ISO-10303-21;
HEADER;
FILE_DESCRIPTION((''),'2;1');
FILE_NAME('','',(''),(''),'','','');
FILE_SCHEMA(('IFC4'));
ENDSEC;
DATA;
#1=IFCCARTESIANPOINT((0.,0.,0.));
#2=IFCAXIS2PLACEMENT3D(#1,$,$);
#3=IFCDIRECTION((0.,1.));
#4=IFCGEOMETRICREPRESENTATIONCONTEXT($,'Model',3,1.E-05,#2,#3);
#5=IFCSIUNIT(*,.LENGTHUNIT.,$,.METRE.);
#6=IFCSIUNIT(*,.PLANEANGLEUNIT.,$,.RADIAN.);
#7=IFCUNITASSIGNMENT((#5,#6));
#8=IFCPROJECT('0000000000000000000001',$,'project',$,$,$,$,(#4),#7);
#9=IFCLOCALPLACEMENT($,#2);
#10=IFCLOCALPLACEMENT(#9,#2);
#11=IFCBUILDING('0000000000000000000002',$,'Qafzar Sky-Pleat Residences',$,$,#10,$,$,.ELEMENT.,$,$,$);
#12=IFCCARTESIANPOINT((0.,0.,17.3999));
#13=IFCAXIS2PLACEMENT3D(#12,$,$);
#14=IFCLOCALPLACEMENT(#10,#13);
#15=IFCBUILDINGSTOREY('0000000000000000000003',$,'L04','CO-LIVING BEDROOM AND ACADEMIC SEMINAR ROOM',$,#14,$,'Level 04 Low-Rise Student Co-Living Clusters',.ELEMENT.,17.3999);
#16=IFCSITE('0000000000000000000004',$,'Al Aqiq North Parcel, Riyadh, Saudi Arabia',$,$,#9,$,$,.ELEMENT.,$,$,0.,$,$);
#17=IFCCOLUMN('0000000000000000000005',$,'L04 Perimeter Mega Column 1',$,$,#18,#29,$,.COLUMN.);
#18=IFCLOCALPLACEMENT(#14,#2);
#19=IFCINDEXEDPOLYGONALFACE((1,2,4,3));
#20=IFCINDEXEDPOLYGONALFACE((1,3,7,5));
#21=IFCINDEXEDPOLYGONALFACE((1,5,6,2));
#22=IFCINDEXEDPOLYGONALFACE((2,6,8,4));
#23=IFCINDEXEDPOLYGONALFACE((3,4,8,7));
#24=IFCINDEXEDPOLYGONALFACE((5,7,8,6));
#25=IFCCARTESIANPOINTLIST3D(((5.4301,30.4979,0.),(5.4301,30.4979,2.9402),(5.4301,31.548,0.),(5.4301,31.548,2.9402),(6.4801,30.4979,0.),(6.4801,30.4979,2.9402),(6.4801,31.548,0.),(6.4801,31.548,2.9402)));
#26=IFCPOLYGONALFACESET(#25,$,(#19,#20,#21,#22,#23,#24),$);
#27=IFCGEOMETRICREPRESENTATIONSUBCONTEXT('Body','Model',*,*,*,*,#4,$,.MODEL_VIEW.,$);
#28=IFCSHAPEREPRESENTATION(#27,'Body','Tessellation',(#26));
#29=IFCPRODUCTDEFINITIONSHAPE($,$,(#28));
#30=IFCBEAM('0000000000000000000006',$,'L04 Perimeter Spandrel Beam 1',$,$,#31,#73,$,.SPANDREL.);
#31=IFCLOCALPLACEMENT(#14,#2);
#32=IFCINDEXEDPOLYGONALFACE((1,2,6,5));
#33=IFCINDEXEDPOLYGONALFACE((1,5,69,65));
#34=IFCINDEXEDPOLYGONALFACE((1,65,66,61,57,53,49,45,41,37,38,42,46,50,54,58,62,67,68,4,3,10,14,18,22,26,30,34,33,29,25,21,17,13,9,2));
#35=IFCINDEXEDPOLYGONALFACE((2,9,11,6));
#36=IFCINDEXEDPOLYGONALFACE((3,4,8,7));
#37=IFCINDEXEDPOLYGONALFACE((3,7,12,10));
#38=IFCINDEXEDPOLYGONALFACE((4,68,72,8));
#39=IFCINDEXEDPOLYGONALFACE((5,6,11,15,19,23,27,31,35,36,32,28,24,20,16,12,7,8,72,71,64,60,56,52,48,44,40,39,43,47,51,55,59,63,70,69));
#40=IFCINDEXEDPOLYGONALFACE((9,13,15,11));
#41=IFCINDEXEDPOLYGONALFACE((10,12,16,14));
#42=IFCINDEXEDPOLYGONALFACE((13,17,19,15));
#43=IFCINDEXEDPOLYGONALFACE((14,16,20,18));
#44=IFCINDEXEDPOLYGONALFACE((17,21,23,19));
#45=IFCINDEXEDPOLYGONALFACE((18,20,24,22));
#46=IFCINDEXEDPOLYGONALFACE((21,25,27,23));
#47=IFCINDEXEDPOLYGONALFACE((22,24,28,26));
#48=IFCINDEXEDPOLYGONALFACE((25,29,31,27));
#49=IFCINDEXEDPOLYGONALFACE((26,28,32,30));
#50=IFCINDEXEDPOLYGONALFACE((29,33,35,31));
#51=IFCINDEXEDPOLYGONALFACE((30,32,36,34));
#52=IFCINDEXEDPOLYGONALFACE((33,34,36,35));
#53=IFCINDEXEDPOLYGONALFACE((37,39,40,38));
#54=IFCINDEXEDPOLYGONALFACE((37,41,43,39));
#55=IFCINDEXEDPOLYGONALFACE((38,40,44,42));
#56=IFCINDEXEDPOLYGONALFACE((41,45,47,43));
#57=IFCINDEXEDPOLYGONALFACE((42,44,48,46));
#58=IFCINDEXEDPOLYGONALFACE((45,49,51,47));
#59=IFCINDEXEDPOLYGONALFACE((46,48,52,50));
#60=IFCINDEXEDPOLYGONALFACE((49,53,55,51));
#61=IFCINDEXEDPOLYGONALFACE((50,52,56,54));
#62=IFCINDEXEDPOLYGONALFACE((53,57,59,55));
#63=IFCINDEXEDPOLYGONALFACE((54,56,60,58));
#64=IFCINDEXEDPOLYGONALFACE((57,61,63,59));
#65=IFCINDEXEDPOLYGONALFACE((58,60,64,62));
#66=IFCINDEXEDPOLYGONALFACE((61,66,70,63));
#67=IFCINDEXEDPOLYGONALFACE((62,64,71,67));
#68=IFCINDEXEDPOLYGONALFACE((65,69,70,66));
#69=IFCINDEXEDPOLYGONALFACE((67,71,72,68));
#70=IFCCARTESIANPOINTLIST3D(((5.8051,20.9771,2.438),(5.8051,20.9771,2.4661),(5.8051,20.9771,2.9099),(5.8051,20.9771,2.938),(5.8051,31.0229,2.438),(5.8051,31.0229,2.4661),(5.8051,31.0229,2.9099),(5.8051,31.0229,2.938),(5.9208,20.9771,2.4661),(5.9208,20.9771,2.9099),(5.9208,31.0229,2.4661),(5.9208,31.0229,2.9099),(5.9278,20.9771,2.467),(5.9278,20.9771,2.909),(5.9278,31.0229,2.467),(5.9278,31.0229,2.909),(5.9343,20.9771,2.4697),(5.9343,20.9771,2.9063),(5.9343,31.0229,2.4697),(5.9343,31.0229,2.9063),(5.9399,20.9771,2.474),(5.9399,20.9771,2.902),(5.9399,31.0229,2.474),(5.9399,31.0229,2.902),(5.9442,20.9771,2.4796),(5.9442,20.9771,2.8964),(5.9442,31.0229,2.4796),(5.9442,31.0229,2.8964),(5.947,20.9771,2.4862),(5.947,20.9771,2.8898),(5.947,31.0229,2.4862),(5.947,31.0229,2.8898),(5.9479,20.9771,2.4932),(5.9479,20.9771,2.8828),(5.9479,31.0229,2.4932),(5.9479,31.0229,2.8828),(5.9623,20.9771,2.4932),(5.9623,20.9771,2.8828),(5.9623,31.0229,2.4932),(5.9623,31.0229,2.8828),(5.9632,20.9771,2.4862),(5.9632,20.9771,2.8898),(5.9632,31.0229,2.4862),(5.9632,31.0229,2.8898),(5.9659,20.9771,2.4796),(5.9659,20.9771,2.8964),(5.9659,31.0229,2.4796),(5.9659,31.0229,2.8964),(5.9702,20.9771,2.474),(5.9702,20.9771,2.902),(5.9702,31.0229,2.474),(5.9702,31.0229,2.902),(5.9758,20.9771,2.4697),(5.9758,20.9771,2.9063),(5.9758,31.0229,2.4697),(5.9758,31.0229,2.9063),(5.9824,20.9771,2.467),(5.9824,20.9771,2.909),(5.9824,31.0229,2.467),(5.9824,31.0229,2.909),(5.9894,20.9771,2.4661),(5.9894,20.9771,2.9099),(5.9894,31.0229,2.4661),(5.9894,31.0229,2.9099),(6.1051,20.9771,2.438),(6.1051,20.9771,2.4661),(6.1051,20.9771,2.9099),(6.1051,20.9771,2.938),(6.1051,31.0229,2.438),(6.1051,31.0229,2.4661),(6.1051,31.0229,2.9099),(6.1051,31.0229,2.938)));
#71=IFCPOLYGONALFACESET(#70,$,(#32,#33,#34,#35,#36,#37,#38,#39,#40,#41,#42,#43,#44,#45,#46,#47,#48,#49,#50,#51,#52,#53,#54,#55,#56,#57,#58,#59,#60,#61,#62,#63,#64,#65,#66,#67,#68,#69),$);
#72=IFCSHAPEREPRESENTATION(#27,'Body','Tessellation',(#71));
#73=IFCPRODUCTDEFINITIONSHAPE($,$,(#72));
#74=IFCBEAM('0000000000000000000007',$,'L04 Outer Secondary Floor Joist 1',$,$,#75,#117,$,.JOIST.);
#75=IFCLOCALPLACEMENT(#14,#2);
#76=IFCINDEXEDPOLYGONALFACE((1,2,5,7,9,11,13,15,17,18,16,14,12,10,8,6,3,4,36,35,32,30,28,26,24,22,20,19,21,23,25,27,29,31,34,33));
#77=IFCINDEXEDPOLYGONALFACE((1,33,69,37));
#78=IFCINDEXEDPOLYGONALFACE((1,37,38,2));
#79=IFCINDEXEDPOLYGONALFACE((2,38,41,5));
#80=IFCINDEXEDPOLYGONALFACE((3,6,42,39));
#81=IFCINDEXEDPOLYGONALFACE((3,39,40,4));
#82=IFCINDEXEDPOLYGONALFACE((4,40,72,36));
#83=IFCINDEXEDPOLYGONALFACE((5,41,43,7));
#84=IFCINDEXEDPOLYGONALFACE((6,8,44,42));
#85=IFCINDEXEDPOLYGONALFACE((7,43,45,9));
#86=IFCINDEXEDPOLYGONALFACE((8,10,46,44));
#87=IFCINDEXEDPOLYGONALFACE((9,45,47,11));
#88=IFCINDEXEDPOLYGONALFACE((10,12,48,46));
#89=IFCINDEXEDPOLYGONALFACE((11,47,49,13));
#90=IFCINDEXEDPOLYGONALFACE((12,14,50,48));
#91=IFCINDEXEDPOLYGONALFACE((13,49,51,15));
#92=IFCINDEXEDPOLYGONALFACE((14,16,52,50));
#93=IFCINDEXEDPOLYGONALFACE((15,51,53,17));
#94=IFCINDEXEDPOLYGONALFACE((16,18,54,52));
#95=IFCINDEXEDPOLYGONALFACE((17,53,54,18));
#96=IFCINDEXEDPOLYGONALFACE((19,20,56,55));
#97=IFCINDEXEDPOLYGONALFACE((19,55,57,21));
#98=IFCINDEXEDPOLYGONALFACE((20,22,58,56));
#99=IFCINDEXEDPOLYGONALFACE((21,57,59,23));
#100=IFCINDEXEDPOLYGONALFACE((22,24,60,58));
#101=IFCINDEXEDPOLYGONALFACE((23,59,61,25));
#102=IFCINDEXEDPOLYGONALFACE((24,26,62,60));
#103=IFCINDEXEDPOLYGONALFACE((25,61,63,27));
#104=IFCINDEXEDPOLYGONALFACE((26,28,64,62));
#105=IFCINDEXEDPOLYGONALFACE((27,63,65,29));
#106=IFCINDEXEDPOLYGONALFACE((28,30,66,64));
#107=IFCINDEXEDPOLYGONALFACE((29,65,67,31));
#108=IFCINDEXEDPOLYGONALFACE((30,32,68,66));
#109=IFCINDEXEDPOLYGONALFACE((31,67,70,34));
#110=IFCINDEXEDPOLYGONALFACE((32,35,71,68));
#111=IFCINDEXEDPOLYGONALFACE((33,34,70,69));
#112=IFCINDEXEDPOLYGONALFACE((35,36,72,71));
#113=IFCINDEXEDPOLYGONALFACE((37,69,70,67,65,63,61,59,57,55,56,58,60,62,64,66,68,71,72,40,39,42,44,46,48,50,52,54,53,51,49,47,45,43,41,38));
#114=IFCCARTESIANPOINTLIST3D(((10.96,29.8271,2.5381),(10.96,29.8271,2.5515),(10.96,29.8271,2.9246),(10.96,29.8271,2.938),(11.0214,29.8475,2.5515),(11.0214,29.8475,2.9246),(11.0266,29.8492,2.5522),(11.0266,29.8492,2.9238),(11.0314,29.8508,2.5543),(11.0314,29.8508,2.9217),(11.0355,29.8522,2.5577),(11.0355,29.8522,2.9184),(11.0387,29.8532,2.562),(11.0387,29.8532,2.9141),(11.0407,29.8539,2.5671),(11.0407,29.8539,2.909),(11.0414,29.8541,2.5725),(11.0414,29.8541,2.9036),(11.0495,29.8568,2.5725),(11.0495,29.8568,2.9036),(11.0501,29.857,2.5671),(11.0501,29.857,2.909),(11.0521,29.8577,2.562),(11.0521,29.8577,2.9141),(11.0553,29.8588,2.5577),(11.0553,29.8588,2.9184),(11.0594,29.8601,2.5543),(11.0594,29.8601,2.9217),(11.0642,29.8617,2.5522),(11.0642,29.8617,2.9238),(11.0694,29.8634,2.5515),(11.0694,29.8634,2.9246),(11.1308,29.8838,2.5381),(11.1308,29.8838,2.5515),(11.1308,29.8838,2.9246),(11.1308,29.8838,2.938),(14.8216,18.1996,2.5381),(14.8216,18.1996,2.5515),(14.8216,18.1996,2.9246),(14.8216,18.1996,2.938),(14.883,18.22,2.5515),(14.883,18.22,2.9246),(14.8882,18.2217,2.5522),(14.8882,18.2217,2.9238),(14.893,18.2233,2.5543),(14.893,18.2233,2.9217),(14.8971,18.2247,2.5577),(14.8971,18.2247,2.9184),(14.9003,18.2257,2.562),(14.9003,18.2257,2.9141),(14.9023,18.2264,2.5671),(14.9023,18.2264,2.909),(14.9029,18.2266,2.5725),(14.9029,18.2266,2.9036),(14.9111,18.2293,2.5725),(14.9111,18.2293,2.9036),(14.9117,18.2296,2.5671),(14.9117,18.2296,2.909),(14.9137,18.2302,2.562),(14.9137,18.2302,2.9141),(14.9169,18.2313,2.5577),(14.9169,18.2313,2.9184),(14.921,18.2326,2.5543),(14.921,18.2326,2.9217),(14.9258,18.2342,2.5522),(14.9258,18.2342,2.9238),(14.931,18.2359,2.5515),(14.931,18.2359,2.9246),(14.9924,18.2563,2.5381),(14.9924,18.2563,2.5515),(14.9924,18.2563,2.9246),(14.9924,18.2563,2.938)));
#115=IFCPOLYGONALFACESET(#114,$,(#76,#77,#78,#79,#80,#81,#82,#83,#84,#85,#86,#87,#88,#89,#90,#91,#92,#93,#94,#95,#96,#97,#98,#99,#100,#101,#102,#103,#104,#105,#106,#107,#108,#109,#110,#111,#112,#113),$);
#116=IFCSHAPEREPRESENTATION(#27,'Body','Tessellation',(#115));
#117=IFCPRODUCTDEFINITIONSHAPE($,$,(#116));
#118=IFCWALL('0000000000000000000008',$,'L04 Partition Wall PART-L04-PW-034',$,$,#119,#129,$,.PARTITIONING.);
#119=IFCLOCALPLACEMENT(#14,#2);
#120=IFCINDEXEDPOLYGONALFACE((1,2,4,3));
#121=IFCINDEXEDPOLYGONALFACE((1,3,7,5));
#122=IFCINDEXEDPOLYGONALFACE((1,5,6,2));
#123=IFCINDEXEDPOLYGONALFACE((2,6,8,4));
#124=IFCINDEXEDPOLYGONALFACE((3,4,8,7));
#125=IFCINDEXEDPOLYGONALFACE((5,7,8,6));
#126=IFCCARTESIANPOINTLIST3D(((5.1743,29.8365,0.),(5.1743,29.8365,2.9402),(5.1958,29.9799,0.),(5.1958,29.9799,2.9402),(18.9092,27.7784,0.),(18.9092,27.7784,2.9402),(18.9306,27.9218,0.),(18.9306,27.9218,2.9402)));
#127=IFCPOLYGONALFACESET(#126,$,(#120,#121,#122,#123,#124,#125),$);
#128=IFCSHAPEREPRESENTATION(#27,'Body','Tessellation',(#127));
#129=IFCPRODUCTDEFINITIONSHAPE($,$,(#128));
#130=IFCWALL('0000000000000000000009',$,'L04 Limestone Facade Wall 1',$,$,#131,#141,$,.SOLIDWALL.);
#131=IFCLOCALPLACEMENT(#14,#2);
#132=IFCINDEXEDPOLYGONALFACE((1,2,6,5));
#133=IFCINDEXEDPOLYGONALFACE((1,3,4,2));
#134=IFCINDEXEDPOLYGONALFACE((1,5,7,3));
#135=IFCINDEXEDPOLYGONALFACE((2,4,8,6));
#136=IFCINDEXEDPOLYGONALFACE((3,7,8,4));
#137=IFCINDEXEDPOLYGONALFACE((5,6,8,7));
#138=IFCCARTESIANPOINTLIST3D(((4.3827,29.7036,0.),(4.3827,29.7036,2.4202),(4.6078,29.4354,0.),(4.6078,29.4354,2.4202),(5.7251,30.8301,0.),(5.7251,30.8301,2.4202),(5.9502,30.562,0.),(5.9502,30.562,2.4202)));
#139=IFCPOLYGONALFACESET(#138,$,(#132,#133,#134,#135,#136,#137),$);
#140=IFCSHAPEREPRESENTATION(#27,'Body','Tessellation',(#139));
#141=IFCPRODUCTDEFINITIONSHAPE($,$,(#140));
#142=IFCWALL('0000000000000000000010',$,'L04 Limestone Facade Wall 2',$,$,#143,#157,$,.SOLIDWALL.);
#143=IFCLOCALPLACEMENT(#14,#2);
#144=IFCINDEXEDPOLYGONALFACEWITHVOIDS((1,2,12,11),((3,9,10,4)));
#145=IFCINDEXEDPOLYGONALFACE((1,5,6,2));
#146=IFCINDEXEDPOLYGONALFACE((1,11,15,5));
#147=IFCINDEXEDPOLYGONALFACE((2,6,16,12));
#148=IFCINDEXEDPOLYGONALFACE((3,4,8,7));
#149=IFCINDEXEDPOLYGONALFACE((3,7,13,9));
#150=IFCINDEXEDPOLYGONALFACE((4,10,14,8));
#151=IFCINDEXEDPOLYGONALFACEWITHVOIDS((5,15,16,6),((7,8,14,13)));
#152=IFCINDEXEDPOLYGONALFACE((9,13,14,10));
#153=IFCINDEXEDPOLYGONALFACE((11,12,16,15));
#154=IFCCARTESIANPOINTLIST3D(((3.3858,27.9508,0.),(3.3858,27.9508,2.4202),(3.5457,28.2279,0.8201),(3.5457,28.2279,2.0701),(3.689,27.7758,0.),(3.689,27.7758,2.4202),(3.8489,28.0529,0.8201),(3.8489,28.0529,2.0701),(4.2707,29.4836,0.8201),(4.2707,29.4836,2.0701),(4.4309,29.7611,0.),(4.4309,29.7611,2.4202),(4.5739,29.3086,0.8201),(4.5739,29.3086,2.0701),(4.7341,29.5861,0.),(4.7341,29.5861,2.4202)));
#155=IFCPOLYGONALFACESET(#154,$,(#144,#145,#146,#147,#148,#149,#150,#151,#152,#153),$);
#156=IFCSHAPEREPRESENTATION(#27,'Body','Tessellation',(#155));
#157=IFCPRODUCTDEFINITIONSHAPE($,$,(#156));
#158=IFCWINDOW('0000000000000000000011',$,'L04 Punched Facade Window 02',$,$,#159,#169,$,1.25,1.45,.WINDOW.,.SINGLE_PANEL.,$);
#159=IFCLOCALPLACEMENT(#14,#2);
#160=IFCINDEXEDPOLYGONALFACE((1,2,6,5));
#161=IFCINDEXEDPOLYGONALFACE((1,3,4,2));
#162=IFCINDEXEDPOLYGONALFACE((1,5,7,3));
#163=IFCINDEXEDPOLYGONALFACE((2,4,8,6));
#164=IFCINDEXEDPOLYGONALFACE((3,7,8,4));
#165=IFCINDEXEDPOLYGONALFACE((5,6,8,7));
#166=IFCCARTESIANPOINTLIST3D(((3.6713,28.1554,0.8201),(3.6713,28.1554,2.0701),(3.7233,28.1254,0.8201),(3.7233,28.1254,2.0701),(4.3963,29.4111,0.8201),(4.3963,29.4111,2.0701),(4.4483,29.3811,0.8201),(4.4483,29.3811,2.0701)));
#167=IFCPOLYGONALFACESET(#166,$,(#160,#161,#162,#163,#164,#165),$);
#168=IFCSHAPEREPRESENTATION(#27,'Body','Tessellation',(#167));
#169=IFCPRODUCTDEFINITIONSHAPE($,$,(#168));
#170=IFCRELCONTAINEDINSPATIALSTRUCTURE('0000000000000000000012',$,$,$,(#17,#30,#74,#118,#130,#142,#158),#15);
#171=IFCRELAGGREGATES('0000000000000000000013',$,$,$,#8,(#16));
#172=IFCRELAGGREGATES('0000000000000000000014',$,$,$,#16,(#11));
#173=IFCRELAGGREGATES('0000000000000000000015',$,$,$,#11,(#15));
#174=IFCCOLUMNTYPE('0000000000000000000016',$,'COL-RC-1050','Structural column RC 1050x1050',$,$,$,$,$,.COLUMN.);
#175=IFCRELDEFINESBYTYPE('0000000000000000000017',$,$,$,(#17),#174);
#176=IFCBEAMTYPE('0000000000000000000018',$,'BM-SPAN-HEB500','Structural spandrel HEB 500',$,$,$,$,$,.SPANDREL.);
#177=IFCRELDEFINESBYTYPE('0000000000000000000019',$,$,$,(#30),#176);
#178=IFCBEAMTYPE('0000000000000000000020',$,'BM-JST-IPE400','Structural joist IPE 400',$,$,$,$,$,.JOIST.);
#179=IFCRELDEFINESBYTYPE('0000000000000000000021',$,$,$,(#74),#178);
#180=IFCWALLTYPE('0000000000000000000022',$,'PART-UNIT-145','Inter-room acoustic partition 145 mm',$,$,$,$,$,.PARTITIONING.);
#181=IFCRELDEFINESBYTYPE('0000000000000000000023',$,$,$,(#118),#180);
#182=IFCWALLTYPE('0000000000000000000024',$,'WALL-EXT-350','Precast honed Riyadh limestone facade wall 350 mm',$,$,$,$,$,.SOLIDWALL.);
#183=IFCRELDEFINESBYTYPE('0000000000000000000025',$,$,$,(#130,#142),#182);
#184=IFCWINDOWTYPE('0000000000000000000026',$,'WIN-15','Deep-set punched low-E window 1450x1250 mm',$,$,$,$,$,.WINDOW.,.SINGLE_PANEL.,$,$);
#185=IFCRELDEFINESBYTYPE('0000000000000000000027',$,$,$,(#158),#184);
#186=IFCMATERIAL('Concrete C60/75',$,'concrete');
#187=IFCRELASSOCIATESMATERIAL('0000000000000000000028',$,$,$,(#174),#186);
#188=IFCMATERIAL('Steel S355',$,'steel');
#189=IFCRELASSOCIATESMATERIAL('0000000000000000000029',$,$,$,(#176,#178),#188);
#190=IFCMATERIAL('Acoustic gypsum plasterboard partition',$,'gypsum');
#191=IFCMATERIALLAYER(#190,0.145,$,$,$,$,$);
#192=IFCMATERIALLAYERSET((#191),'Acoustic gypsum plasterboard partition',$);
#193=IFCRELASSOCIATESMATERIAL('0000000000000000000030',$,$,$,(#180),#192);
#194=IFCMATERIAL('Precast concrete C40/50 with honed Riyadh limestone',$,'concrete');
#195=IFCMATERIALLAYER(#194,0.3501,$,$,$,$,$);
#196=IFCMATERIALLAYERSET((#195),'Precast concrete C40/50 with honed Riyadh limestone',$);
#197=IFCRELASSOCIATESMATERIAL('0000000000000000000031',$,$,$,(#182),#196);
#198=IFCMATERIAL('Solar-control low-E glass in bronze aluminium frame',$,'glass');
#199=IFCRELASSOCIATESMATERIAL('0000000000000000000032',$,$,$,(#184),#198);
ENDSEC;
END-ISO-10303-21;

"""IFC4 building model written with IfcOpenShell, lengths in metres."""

from ifc_helpers import new_model, si_unit, direction, frame, frame_2d, origin, origin_2d, place, context, subcontext, project, spatial, rectangle, i_section, extrude, source, transform, mapped, material, layer, layer_set, material_profile, profile_set, type_object, element, fill, save


model = new_model("IFC4")

# Units and contexts
model_context = context("Model", 3, precision=1e-05, world=origin(), true_north=direction((0.0, 1.0)))
body_context = subcontext(model_context, "Body", "Model", "MODEL_VIEW")
ifc_project = project(units=[si_unit("LENGTHUNIT", "METRE"), si_unit("PLANEANGLEUNIT", "RADIAN")], contexts=[model_context])

# Site, building, storey
site_placement = place(None, origin())
site = spatial("IfcSite", under=ifc_project, at=site_placement, Name="Al Aqiq North Parcel, Riyadh, Saudi Arabia", CompositionType="ELEMENT", RefElevation=0.0)
building_placement = place(site_placement, origin())
building = spatial("IfcBuilding", under=site, at=building_placement, Name="Qafzar Sky-Pleat Residences", CompositionType="ELEMENT")
storey_placement = place(building_placement, frame((0.0, 0.0, 17.3999)))
storey = spatial("IfcBuildingStorey", under=building, at=storey_placement, Name="L04", Description="CO-LIVING BEDROOM AND ACADEMIC SEMINAR ROOM", LongName="Level 04 Low-Rise Student Co-Living Clusters", CompositionType="ELEMENT", Elevation=17.3999)

# Column
ifc_material_1 = material(Name="Concrete C60/75", Category="concrete")
ifc_material_profile_1 = material_profile(ifc_material_1, rectangle(XDim=1.05, YDim=1.05, at=origin_2d()), Name="RC 1050x1050")
ifc_profile_set_1 = profile_set([ifc_material_profile_1], Name="Concrete C60/75")
column_type = type_object("IfcColumnType", Name="COL-RC-1050", Description="Structural column RC 1050x1050", PredefinedType="COLUMN", material=ifc_profile_set_1)
shared_shape_1 = source(origin(), body_context, "Body", "SweptSolid", [
    extrude(rectangle(XDim=1.05, YDim=1.05, at=origin_2d()), origin(), (0.0, 0.0, 1.0), 2.9402),
])
column_placement = place(storey_placement, frame((5.9551, 31.0229, 0.0), z_axis=(0.0, 0.0, 1.0), x_axis=(1.0, 0.0, 0.0)))
element("IfcColumn", 1, at=column_placement, inside=storey, type_object=column_type, Name="L04 Perimeter Mega Column 1", PredefinedType="COLUMN", context=body_context, shape_type="MappedRepresentation", body=[
    mapped(shared_shape_1, transform((0.0, 0.0, 0.0), x_axis=(1.0, 0.0, 0.0), y_axis=(0.0, 1.0, 0.0), z_axis=(0.0, 0.0, 1.0), scale=1.0)),
])

# Beams
ifc_material_2 = material(Name="Steel S355", Category="steel")
ifc_material_profile_2 = material_profile(ifc_material_2, i_section(OverallWidth=0.3, OverallDepth=0.5, WebThickness=0.0144, FlangeThickness=0.0281, FilletRadius=0.0271, at=origin_2d()), Name="HEB 500")
ifc_profile_set_2 = profile_set([ifc_material_profile_2], Name="Steel S355")
beam_type_1 = type_object("IfcBeamType", Name="BM-SPAN-HEB500", Description="Structural spandrel HEB 500", PredefinedType="SPANDREL", material=ifc_profile_set_2)
shared_shape_2 = source(origin(), body_context, "Body", "SweptSolid", [
    extrude(i_section(OverallWidth=0.3, OverallDepth=0.5, WebThickness=0.0144, FlangeThickness=0.0281, FilletRadius=0.0271, at=origin_2d()), origin(), (0.0, 0.0, 1.0), 10.0459),
])
beam_1_placement = place(storey_placement, frame((5.9551, 31.0229, 2.688), z_axis=(0.0, -1.0, 0.0), x_axis=(1.0, 0.0, 0.0)))
element("IfcBeam", 2, at=beam_1_placement, inside=storey, type_object=beam_type_1, Name="L04 Perimeter Spandrel Beam 1", PredefinedType="SPANDREL", context=body_context, shape_type="MappedRepresentation", body=[
    mapped(shared_shape_2, transform((0.0, 0.0, 0.0), x_axis=(1.0, 0.0, 0.0), y_axis=(0.0, 1.0, 0.0), z_axis=(0.0, 0.0, 1.0), scale=1.0)),
])
ifc_material_profile_3 = material_profile(ifc_material_2, i_section(OverallWidth=0.1799, OverallDepth=0.3999, WebThickness=0.0085, FlangeThickness=0.0134, FilletRadius=0.021, at=origin_2d()), Name="IPE 400")
ifc_profile_set_3 = profile_set([ifc_material_profile_3], Name="Steel S355")
beam_type_2 = type_object("IfcBeamType", Name="BM-JST-IPE400", Description="Structural joist IPE 400", PredefinedType="JOIST", material=ifc_profile_set_3)
shared_shape_3 = source(origin(), body_context, "Body", "SweptSolid", [
    extrude(i_section(OverallWidth=0.1799, OverallDepth=0.3999, WebThickness=0.0085, FlangeThickness=0.0134, FilletRadius=0.021, at=origin_2d()), origin(), (0.0, 0.0, 1.0), 12.252),
])
beam_2_placement = place(storey_placement, frame((11.0454, 29.8555, 2.738), z_axis=(0.315181, -0.949031, 0.0), x_axis=(0.949031, 0.315181, 0.0)))
element("IfcBeam", 3, at=beam_2_placement, inside=storey, type_object=beam_type_2, Name="L04 Outer Secondary Floor Joist 1", PredefinedType="JOIST", context=body_context, shape_type="MappedRepresentation", body=[
    mapped(shared_shape_3, transform((0.0, 0.0, 0.0), x_axis=(1.0, 0.0, 0.0), y_axis=(0.0, 1.0, 0.0), z_axis=(0.0, 0.0, 1.0), scale=1.0)),
])

# Walls
ifc_material_3 = material(Name="Acoustic gypsum plasterboard partition", Category="gypsum")
ifc_layer_1 = layer(ifc_material_3, 0.145)
ifc_layer_set_1 = layer_set([ifc_layer_1], Name="Acoustic gypsum plasterboard partition")
wall_type_1 = type_object("IfcWallType", Name="PART-UNIT-145", Description="Inter-room acoustic partition 145 mm", PredefinedType="PARTITIONING", material=ifc_layer_set_1)
wall_1_placement = place(storey_placement, frame((5.1851, 29.9082, 0.0), z_axis=(0.0, 0.0, 1.0), x_axis=(0.988959, -0.148191, 0.0)))
element("IfcWall", 4, at=wall_1_placement, inside=storey, type_object=wall_type_1, Name="L04 Partition Wall PART-L04-PW-034", PredefinedType="PARTITIONING", context=body_context, shape_type="SweptSolid", body=[
    extrude(rectangle(XDim=13.8882, YDim=0.145, at=frame_2d((6.9441, 0.0))), origin(), (0.0, 0.0, 1.0), 2.9402),
])
ifc_material_4 = material(Name="Precast concrete C40/50 with honed Riyadh limestone", Category="concrete")
ifc_layer_2 = layer(ifc_material_4, 0.3501)
ifc_layer_set_2 = layer_set([ifc_layer_2], Name="Precast concrete C40/50 with honed Riyadh limestone")
wall_type_2 = type_object("IfcWallType", Name="WALL-EXT-350", Description="Precast honed Riyadh limestone facade wall 350 mm", PredefinedType="SOLIDWALL", material=ifc_layer_set_2)
wall_2_placement = place(storey_placement, frame((5.8376, 30.696, 0.0), z_axis=(0.0, 0.0, 1.0), x_axis=(-0.766001, -0.642839, 0.0)))
element("IfcWall", 5, at=wall_2_placement, inside=storey, type_object=wall_type_2, Name="L04 Limestone Facade Wall 1", PredefinedType="SOLIDWALL", context=body_context, shape_type="SweptSolid", body=[
    extrude(rectangle(XDim=1.7524, YDim=0.3501, at=frame_2d((0.8762, 0.0))), origin(), (0.0, 0.0, 1.0), 2.4202),
])

# Wall, opening, window
wall_3_placement = place(storey_placement, frame((4.5825, 29.6736, 0.0), z_axis=(0.0, 0.0, 1.0), x_axis=(-0.499995, -0.866028, 0.0)))
wall_3 = element("IfcWall", 6, at=wall_3_placement, inside=storey, type_object=wall_type_2, Name="L04 Limestone Facade Wall 2", PredefinedType="SOLIDWALL", context=body_context, shape_type="SweptSolid", body=[
    extrude(rectangle(XDim=2.0903, YDim=0.3501, at=frame_2d((1.0452, 0.0))), origin(), (0.0, 0.0, 1.0), 2.4202),
])
opening_1_placement = place(wall_3_placement, frame((0.3203, 0.0, 0.8201)))
opening_1 = element("IfcOpeningElement", 7, at=opening_1_placement, cuts=wall_3, PredefinedType="OPENING", context=body_context, shape_type="SweptSolid", body=[
    extrude(rectangle(XDim=1.45, YDim=1.25, at=frame_2d((0.7251, 0.625))), frame((0.0, 0.1851, 0.0), z_axis=(0.0, -1.0, 0.0), x_axis=(1.0, 0.0, 0.0)), (0.0, 0.0, 1.0), 0.3701),
])
ifc_material_5 = material(Name="Solar-control low-E glass in bronze aluminium frame", Category="glass")
window_type = type_object("IfcWindowType", Name="WIN-15", Description="Deep-set punched low-E window 1450x1250 mm", PartitioningType="SINGLE_PANEL", PredefinedType="WINDOW", material=ifc_material_5)
shared_shape_4 = source(origin(), body_context, "Body", "SweptSolid", [
    extrude(rectangle(XDim=1.45, YDim=1.25, at=frame_2d((0.7251, 0.625))), frame((0.0, 0.03, 0.0), z_axis=(0.0, -1.0, 0.0), x_axis=(1.0, 0.0, 0.0)), (0.0, 0.0, 1.0), 0.0601),
])
window_1_placement = place(opening_1_placement, origin())
window_1 = element("IfcWindow", 8, at=window_1_placement, inside=storey, type_object=window_type, Name="L04 Punched Facade Window 02", OverallHeight=1.25, OverallWidth=1.45, PartitioningType="SINGLE_PANEL", PredefinedType="WINDOW", context=body_context, shape_type="MappedRepresentation", body=[
    mapped(shared_shape_4, transform((0.0, 0.0, 0.0), x_axis=(1.0, 0.0, 0.0), y_axis=(0.0, 1.0, 0.0), z_axis=(0.0, 0.0, 1.0), scale=1.0)),
])
fill(opening_1, window_1)

save(model, "model.ifc")
